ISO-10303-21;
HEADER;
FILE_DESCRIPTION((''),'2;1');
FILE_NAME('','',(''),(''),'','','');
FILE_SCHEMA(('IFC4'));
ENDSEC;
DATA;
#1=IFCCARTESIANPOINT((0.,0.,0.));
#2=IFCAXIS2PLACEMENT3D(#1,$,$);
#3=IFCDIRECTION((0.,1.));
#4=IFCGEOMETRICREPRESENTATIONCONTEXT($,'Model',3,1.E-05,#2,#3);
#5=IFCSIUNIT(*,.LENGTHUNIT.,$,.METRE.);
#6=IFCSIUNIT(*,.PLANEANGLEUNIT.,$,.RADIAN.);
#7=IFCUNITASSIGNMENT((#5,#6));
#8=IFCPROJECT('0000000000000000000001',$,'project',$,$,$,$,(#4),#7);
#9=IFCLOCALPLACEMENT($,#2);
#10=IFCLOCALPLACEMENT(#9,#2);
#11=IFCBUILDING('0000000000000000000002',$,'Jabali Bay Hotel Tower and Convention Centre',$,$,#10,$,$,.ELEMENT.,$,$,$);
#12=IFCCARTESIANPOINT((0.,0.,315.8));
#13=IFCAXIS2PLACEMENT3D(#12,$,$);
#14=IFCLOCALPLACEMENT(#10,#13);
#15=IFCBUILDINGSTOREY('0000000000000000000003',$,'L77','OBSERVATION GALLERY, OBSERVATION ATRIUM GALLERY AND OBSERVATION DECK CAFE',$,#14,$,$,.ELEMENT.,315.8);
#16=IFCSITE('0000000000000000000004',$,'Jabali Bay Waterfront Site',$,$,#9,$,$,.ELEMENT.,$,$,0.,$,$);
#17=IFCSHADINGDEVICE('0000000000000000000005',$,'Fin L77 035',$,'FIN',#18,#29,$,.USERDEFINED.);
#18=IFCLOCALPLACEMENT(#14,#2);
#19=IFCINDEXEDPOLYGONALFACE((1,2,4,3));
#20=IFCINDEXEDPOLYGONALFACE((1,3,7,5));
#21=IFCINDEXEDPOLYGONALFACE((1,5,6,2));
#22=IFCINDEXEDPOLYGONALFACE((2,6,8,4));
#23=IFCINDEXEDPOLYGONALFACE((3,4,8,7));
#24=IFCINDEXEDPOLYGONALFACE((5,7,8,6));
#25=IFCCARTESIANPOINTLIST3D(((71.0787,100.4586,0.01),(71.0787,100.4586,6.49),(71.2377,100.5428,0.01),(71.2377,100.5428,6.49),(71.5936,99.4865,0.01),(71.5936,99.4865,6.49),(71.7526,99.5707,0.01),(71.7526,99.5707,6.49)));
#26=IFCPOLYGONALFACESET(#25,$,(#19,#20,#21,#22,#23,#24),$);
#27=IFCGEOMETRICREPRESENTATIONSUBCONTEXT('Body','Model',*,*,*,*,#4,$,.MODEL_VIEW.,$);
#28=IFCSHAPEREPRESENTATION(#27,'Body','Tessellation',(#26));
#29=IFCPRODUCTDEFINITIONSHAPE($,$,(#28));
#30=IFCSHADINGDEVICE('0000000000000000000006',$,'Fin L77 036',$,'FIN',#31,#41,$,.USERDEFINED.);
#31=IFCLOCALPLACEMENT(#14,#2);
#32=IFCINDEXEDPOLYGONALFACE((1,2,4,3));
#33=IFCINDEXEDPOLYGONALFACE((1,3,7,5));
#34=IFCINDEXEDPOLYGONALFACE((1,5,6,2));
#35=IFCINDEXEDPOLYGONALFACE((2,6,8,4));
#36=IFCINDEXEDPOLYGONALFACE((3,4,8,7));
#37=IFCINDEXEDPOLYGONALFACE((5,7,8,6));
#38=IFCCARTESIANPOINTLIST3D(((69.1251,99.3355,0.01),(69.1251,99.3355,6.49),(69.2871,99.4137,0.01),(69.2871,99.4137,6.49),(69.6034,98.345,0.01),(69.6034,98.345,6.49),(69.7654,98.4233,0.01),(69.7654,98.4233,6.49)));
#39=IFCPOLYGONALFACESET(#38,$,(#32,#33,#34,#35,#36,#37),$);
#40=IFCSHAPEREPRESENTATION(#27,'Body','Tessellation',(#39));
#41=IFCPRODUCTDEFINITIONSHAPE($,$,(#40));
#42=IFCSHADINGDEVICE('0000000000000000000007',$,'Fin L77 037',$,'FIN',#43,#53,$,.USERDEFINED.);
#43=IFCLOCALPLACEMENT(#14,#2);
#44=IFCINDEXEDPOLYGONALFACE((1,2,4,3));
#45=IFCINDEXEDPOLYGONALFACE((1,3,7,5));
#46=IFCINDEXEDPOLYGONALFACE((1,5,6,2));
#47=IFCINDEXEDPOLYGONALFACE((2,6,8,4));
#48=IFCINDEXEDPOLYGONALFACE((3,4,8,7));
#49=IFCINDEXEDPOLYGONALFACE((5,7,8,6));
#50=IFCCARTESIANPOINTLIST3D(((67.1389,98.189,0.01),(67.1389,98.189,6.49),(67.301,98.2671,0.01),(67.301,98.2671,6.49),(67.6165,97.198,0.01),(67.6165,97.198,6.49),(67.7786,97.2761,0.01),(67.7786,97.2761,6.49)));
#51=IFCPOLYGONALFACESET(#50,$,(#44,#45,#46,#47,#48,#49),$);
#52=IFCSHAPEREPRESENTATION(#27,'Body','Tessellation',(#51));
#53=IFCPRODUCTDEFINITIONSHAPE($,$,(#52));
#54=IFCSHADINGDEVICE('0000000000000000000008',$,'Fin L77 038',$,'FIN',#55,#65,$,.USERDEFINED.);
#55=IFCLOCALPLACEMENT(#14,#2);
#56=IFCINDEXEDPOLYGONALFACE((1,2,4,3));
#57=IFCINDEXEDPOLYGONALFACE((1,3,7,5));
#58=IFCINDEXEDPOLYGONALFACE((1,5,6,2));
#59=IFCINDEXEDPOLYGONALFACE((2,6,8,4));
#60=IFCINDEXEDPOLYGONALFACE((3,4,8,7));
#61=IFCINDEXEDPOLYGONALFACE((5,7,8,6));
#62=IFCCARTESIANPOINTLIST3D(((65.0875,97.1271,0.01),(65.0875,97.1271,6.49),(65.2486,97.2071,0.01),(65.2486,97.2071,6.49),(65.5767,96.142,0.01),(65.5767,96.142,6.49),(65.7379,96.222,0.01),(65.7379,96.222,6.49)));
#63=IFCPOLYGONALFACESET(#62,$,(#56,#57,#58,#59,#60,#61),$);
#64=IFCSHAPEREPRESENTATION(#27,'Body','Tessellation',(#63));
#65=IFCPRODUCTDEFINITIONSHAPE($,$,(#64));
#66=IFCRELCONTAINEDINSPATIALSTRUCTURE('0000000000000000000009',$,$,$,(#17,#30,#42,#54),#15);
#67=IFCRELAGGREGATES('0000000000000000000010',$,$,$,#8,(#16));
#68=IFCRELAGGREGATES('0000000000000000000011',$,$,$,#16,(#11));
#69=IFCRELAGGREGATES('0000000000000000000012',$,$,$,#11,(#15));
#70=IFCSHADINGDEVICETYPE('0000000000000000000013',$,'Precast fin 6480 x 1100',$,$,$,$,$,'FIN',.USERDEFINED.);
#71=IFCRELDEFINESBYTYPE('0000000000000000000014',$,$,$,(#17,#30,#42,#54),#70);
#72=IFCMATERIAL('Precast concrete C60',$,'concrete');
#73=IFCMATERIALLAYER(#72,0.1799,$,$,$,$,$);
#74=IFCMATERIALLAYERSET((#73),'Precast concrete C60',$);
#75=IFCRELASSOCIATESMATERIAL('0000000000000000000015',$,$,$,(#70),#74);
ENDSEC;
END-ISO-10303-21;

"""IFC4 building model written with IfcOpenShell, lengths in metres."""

from ifc_helpers import new_model, si_unit, direction, frame, frame_2d, origin, place, context, subcontext, project, spatial, rectangle, extrude, material, layer, layer_set, type_object, element, save


model = new_model("IFC4")

# Units and contexts
model_context = context("Model", 3, precision=1e-05, world=origin(), true_north=direction((0.0, 1.0)))
body_context = subcontext(model_context, "Body", "Model", "MODEL_VIEW")
ifc_project = project(units=[si_unit("LENGTHUNIT", "METRE"), si_unit("PLANEANGLEUNIT", "RADIAN")], contexts=[model_context])

# Site, building, storey
site_placement = place(None, origin())
site = spatial("IfcSite", under=ifc_project, at=site_placement, Name="Jabali Bay Waterfront Site", CompositionType="ELEMENT", RefElevation=0.0)
building_placement = place(site_placement, origin())
building = spatial("IfcBuilding", under=site, at=building_placement, Name="Jabali Bay Hotel Tower and Convention Centre", CompositionType="ELEMENT")
storey_placement = place(building_placement, frame((0.0, 0.0, 315.8)))
storey = spatial("IfcBuildingStorey", under=building, at=storey_placement, Name="L77", Description="OBSERVATION GALLERY, OBSERVATION ATRIUM GALLERY AND OBSERVATION DECK CAFE", CompositionType="ELEMENT", Elevation=315.8)

# Shading devices
ifc_material_1 = material(Name="Precast concrete C60", Category="concrete")
ifc_layer_1 = layer(ifc_material_1, 0.1799)
ifc_layer_set_1 = layer_set([ifc_layer_1], Name="Precast concrete C60")
shading_device_type = type_object("IfcShadingDeviceType", Name="Precast fin 6480 x 1100", ElementType="FIN", PredefinedType="USERDEFINED", material=ifc_layer_set_1)
for number, where, z_axis, x_axis, name in (
    (1, (71.6731, 99.5286, 0.01), (0.0, 0.0, 1.0), (-0.468041, 0.883707, 0.0), "Fin L77 035"),
):
    element("IfcShadingDevice", number, at=place(storey_placement, frame(where, z_axis=z_axis, x_axis=x_axis)), inside=storey, type_object=shading_device_type, Name=name, ObjectType="FIN", PredefinedType="USERDEFINED", context=body_context, shape_type="SweptSolid", body=[
        extrude(rectangle(XDim=1.1001, YDim=0.1799, at=frame_2d((0.55, 0.0))), origin(), (0.0, 0.0, 1.0), 6.48),
    ])
shading_device_1_placement = place(storey_placement, frame((69.6843, 98.3843, 0.01), z_axis=(0.0, 0.0, 1.0), x_axis=(-0.43483, 0.900513, 0.0)))
element("IfcShadingDevice", 2, at=shading_device_1_placement, inside=storey, type_object=shading_device_type, Name="Fin L77 036", ObjectType="FIN", PredefinedType="USERDEFINED", context=body_context, shape_type="SweptSolid", body=[
    extrude(rectangle(XDim=1.0999, YDim=0.1799, at=frame_2d((0.5498, 0.0))), origin(), (0.0, 0.0, 1.0), 6.48),
])
shading_device_2_placement = place(storey_placement, frame((67.6975, 97.2371, 0.01), z_axis=(0.0, 0.0, 1.0), x_axis=(-0.434116, 0.900857, 0.0)))
element("IfcShadingDevice", 3, at=shading_device_2_placement, inside=storey, type_object=shading_device_type, Name="Fin L77 037", ObjectType="FIN", PredefinedType="USERDEFINED", context=body_context, shape_type="SweptSolid", body=[
    extrude(rectangle(XDim=1.1001, YDim=0.1799, at=frame_2d((0.55, 0.0))), origin(), (0.0, 0.0, 1.0), 6.48),
])
shading_device_3_placement = place(storey_placement, frame((65.6572, 96.1821, 0.01), z_axis=(0.0, 0.0, 1.0), x_axis=(-0.444815, 0.895623, 0.0)))
element("IfcShadingDevice", 4, at=shading_device_3_placement, inside=storey, type_object=shading_device_type, Name="Fin L77 038", ObjectType="FIN", PredefinedType="USERDEFINED", context=body_context, shape_type="SweptSolid", body=[
    extrude(rectangle(XDim=1.0999, YDim=0.1799, at=frame_2d((0.5498, 0.0))), origin(), (0.0, 0.0, 1.0), 6.48),
])

save(model, "model.ifc")
